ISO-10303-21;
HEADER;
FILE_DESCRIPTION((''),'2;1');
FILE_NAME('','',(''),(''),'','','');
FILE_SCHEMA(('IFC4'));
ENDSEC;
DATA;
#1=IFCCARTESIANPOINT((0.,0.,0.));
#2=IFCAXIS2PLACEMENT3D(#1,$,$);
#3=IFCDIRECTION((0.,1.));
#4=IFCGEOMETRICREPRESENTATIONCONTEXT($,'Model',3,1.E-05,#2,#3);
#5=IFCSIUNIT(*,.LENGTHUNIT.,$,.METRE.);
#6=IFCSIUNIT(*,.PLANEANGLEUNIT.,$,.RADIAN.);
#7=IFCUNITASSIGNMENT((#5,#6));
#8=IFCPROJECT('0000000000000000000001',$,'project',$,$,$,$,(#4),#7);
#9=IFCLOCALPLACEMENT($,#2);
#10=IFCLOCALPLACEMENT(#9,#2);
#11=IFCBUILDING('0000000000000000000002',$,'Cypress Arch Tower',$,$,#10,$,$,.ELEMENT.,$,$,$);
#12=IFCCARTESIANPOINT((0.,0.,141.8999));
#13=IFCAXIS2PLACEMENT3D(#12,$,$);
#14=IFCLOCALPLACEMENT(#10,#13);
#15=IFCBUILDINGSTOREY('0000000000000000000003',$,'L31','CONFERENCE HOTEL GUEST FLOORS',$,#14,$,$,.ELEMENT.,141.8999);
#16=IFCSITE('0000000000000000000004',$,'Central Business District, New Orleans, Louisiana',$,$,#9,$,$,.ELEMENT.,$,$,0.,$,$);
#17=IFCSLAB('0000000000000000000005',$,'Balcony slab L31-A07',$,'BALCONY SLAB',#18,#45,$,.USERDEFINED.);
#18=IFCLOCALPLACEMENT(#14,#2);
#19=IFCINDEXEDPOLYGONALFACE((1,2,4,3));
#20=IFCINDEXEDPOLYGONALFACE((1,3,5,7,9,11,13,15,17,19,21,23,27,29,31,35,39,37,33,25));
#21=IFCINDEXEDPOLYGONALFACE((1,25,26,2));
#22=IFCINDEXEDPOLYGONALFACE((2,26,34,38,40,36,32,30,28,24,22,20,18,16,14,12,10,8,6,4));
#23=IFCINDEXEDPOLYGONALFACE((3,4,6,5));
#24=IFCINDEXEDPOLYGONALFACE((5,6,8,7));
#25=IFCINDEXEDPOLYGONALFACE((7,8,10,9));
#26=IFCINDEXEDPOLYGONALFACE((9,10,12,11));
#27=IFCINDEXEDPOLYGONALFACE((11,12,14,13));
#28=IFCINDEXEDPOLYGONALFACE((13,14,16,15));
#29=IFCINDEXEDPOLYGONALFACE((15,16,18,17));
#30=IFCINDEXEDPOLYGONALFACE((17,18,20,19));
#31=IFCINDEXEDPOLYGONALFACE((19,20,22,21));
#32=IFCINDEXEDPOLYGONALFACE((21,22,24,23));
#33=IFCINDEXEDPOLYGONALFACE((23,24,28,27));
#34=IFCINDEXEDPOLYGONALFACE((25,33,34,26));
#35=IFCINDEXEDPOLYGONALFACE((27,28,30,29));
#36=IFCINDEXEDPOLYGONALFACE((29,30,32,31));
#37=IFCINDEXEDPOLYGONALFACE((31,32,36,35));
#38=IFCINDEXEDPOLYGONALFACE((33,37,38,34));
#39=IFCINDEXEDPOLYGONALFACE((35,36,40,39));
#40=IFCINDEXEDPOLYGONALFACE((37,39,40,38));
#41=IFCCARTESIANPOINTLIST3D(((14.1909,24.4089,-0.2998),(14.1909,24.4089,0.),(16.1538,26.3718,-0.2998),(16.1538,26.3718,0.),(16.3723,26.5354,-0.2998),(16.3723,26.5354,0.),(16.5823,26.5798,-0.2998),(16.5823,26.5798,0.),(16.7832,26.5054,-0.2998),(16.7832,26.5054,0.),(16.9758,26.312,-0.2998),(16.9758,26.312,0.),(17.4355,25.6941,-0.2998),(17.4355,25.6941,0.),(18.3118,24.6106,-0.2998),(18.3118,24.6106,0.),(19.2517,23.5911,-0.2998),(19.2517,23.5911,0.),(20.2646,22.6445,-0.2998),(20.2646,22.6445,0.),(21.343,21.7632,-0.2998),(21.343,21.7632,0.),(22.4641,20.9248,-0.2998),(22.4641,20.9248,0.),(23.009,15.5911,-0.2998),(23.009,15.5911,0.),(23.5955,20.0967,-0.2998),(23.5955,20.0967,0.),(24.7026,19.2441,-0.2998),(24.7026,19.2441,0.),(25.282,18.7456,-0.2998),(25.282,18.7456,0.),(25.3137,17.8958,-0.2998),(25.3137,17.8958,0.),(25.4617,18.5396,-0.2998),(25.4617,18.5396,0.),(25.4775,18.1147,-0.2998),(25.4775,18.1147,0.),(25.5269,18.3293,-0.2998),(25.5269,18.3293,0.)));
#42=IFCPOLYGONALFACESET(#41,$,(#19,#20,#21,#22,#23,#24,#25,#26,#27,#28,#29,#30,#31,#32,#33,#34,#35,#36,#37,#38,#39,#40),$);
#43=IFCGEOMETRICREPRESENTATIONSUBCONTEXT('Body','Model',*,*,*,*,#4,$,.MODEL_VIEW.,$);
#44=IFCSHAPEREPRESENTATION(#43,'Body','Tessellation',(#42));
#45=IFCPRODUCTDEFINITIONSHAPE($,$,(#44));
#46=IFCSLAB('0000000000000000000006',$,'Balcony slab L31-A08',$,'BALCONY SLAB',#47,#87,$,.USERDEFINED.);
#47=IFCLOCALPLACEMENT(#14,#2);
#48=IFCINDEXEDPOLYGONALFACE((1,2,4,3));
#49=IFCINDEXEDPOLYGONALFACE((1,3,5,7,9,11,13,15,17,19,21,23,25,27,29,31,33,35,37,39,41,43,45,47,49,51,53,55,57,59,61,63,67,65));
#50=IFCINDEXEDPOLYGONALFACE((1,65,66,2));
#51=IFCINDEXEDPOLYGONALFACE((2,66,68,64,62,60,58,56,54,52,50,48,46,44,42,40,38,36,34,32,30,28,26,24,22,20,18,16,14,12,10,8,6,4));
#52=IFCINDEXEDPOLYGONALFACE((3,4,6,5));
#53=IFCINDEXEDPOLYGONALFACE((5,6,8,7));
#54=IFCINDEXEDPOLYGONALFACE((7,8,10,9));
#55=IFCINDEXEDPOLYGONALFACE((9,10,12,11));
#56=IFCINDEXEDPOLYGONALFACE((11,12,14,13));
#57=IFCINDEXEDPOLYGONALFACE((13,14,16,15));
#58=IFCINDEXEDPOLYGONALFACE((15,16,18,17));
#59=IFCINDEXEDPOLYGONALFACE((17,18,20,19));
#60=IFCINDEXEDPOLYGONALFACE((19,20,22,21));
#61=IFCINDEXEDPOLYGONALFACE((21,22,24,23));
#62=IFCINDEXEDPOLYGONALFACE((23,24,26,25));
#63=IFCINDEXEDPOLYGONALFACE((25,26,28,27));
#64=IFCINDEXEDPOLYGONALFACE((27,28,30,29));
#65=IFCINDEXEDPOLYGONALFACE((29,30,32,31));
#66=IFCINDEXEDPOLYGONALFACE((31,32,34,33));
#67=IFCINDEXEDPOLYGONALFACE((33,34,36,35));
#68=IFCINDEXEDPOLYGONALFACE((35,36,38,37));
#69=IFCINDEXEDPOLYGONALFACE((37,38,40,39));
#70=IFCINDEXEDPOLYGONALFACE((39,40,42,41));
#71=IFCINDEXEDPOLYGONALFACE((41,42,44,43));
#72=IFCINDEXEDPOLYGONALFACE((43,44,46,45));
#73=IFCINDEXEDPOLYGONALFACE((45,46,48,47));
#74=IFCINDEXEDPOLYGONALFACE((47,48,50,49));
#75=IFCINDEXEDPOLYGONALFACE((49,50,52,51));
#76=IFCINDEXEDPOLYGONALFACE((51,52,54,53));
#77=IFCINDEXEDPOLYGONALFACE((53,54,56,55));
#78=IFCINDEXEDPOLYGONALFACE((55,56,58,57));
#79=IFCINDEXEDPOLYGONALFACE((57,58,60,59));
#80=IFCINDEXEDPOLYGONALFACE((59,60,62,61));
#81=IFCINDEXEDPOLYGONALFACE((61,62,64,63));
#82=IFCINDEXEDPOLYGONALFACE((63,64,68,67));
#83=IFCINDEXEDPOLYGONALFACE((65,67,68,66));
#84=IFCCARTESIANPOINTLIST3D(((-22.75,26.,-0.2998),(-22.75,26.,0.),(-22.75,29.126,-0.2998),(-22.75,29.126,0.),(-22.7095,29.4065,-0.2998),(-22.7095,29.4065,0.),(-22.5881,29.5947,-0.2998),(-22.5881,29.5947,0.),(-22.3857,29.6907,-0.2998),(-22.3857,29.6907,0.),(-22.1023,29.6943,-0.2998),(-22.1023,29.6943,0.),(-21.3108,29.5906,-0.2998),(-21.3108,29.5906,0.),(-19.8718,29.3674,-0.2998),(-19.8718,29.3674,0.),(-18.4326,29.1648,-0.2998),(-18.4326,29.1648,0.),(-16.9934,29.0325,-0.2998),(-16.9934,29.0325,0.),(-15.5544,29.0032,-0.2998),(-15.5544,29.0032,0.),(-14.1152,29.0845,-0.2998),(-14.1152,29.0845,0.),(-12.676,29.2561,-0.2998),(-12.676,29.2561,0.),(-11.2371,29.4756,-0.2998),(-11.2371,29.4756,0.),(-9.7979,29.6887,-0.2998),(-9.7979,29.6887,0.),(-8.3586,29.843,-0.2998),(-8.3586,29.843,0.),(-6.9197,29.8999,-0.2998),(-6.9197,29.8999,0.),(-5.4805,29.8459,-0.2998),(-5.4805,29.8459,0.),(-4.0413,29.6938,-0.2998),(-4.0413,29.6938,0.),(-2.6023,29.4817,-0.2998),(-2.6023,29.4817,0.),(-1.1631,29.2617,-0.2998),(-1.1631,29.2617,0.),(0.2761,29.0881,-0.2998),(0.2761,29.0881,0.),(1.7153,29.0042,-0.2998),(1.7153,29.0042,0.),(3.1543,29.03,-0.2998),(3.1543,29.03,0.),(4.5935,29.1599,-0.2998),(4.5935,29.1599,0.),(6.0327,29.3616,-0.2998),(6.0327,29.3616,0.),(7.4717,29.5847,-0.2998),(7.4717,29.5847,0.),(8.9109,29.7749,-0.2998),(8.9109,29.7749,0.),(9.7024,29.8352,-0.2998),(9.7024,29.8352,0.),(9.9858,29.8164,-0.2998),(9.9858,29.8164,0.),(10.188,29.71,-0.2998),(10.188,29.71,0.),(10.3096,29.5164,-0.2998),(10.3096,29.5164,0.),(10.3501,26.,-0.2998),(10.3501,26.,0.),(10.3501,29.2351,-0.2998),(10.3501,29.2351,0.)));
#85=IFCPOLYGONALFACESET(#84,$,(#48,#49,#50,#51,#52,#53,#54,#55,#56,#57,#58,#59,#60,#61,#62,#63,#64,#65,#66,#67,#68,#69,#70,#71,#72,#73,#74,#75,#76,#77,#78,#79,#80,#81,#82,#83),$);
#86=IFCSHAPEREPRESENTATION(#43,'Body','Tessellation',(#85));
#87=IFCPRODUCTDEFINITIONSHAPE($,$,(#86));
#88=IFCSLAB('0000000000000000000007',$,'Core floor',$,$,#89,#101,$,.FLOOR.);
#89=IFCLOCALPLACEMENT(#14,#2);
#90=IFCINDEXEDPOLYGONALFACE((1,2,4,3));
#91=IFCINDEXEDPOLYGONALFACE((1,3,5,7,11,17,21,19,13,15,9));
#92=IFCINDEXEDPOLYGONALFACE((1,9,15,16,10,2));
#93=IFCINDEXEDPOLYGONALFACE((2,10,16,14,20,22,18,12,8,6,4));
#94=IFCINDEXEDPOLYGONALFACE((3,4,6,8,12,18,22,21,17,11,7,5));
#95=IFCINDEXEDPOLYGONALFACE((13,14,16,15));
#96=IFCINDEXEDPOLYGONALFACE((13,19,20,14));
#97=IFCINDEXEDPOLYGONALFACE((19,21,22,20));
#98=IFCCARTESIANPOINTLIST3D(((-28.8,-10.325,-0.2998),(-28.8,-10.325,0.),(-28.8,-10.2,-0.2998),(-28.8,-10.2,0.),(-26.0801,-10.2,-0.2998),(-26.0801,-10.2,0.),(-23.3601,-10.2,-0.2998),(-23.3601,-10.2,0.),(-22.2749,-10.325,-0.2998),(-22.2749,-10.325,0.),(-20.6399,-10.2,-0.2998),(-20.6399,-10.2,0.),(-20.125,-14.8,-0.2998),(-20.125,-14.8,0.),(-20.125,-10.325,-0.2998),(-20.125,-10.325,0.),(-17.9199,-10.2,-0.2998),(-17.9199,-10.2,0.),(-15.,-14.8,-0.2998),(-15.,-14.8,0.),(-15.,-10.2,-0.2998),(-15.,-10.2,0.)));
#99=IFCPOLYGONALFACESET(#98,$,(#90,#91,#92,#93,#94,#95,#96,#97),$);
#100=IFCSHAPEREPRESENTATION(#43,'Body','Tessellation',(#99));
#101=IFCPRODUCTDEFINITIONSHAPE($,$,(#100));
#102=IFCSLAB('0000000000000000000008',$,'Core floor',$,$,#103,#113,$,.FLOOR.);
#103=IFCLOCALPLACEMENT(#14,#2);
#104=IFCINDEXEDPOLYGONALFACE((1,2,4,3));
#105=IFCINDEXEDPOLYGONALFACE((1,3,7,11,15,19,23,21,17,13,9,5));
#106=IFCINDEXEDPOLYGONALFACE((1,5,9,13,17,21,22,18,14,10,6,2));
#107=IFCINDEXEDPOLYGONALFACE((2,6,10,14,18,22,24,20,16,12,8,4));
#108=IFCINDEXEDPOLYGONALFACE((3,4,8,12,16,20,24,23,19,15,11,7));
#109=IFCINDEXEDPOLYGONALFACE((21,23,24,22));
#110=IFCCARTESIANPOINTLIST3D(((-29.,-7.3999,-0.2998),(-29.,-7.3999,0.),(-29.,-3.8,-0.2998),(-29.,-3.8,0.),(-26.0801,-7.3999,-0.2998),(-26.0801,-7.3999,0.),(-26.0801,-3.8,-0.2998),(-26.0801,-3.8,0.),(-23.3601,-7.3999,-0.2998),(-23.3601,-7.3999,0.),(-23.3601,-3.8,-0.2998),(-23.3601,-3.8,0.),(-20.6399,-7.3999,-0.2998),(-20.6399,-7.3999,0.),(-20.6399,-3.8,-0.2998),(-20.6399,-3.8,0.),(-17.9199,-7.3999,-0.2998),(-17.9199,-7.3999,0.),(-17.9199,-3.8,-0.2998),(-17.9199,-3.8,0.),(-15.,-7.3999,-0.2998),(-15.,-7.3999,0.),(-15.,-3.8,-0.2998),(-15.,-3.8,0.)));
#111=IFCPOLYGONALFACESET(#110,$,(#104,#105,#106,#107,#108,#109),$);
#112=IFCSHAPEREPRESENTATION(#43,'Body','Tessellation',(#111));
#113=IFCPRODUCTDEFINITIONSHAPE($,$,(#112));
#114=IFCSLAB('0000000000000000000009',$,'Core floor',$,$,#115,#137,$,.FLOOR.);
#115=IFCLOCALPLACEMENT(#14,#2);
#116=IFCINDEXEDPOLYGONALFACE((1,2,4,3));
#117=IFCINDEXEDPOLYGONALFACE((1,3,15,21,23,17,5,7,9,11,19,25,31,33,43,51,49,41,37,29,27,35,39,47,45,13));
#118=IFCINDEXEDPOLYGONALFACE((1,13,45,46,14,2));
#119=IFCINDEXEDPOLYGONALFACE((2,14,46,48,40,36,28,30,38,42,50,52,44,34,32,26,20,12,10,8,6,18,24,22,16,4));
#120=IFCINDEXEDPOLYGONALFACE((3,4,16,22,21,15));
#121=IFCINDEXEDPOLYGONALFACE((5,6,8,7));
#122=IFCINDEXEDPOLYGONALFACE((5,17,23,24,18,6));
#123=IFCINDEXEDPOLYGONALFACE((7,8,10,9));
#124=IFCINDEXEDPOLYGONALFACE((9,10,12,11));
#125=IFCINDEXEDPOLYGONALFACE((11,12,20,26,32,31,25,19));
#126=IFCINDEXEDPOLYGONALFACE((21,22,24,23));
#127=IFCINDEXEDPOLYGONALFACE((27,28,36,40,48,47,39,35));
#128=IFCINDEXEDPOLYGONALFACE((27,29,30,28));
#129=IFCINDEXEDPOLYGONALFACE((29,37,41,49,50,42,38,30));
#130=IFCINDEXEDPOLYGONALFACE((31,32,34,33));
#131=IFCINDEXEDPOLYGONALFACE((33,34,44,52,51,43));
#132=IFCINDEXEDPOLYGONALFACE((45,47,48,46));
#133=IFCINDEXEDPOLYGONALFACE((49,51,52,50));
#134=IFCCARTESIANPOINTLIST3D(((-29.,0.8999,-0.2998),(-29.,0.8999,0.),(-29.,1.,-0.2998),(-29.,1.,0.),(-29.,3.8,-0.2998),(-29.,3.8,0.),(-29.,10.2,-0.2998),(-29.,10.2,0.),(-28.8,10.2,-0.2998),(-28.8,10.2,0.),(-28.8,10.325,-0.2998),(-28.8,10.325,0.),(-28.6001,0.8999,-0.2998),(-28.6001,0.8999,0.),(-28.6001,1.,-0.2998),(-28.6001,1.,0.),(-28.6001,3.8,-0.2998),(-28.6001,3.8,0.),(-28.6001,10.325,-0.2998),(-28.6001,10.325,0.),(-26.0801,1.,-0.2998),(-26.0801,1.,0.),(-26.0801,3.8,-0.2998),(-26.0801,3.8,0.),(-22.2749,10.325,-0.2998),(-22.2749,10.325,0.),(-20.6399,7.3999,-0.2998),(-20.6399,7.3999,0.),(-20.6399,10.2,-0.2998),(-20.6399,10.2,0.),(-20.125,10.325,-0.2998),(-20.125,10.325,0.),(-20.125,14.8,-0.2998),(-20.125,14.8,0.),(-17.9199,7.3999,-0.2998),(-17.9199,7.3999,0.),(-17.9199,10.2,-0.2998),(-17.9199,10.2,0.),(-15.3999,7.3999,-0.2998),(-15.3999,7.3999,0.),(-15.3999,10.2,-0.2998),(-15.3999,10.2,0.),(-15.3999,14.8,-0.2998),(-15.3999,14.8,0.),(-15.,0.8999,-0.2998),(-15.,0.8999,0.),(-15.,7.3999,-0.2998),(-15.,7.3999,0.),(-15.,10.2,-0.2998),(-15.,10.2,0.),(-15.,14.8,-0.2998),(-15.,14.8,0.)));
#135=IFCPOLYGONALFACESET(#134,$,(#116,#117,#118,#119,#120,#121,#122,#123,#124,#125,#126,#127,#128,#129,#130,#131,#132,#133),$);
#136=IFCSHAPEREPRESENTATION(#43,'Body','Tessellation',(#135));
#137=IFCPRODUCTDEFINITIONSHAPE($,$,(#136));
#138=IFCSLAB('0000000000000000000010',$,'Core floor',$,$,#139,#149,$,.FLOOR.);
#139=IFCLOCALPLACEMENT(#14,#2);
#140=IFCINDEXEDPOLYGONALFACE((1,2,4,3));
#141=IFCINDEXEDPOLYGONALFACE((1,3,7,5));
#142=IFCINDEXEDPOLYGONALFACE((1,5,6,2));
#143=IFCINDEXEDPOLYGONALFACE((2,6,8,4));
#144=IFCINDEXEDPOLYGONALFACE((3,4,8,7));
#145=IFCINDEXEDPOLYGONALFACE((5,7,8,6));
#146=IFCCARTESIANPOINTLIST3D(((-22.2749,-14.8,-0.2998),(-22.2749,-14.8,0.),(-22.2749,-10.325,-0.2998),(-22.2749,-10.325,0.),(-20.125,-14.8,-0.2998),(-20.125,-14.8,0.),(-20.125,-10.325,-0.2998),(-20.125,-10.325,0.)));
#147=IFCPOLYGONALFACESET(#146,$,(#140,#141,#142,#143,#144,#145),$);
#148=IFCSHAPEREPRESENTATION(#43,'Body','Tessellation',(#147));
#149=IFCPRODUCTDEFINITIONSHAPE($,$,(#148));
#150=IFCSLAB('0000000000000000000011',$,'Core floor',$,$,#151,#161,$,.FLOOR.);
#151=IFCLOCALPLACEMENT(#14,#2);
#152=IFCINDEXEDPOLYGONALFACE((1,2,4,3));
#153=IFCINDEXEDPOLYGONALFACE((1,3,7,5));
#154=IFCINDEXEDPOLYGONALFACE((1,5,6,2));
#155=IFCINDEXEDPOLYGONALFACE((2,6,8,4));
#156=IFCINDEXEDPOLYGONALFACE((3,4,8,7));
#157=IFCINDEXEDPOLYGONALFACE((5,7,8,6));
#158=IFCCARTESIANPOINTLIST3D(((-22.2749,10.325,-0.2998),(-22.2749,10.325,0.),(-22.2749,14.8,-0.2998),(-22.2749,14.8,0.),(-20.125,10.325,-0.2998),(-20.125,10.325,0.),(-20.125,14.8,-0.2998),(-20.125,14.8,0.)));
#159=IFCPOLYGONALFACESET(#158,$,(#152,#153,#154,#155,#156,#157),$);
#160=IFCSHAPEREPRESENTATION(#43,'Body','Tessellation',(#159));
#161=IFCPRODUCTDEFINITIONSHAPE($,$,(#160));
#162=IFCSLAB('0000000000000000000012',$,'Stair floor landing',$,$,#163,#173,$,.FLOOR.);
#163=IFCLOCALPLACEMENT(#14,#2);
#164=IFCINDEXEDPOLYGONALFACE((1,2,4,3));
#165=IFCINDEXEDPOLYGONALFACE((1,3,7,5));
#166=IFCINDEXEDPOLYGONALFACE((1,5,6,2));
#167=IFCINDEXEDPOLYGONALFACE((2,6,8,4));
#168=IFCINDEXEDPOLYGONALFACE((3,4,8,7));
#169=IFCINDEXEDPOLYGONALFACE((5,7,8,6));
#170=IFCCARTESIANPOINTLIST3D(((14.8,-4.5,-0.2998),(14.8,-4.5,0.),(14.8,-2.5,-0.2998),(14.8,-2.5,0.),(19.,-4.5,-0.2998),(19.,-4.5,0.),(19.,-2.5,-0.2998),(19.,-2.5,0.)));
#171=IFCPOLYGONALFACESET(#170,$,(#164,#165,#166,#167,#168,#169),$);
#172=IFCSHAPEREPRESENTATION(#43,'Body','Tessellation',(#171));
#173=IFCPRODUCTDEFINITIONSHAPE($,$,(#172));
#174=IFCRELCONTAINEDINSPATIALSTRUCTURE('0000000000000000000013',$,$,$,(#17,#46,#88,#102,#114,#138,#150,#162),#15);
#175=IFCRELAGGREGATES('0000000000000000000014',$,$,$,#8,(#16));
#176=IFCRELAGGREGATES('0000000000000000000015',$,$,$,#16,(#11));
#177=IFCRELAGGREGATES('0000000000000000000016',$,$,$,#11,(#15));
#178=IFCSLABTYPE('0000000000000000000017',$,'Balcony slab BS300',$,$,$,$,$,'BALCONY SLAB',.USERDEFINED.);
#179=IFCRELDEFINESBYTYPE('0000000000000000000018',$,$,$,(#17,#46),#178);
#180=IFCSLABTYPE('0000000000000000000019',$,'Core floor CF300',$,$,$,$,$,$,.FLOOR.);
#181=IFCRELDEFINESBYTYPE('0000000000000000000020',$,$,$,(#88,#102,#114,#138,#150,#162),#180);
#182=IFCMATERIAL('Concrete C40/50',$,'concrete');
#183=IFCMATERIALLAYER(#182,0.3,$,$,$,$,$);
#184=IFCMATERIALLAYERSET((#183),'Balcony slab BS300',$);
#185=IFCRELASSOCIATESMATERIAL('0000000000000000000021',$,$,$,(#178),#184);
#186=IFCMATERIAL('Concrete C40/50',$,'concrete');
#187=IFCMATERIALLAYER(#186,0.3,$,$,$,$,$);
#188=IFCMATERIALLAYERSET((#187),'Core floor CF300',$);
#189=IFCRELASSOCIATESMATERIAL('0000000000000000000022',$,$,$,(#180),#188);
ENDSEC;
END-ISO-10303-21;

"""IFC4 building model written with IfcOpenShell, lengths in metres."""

from ifc_helpers import new_model, si_unit, direction, frame, origin, place, context, subcontext, project, spatial, polyline, outline, extrude, material, layer, layer_set, type_object, element, save


model = new_model("IFC4")

# Units and contexts
model_context = context("Model", 3, precision=1e-05, world=origin(), true_north=direction((0.0, 1.0)))
body_context = subcontext(model_context, "Body", "Model", "MODEL_VIEW")
ifc_project = project(units=[si_unit("LENGTHUNIT", "METRE"), si_unit("PLANEANGLEUNIT", "RADIAN")], contexts=[model_context])

# Site, building, storey
site_placement = place(None, origin())
site = spatial("IfcSite", under=ifc_project, at=site_placement, Name="Central Business District, New Orleans, Louisiana", CompositionType="ELEMENT", RefElevation=0.0)
building_placement = place(site_placement, origin())
building = spatial("IfcBuilding", under=site, at=building_placement, Name="Cypress Arch Tower", CompositionType="ELEMENT")
storey_placement = place(building_placement, frame((0.0, 0.0, 141.8999)))
storey = spatial("IfcBuildingStorey", under=building, at=storey_placement, Name="L31", Description="CONFERENCE HOTEL GUEST FLOORS", CompositionType="ELEMENT", Elevation=141.8999)

# Slabs
ifc_material_1 = material(Name="Concrete C40/50", Category="concrete")
ifc_layer_1 = layer(ifc_material_1, 0.3)
ifc_layer_set_1 = layer_set([ifc_layer_1], Name="Balcony slab BS300")
slab_type_1 = type_object("IfcSlabType", Name="Balcony slab BS300", ElementType="BALCONY SLAB", PredefinedType="USERDEFINED", material=ifc_layer_set_1)
slab_1_placement = place(storey_placement, frame((0.0, 0.0, -0.2998)))
element("IfcSlab", 1, at=slab_1_placement, inside=storey, type_object=slab_type_1, Name="Balcony slab L31-A07", ObjectType="BALCONY SLAB", PredefinedType="USERDEFINED", context=body_context, shape_type="SweptSolid", body=[
    extrude(outline(polyline([(23.009, 15.5911), (25.3137, 17.8958), (25.4775, 18.1147), (25.5269, 18.3293), (25.4617, 18.5396), (25.282, 18.7456), (24.7026, 19.2441), (23.5955, 20.0967), (22.4641, 20.9248), (21.343, 21.7632), (20.2646, 22.6445), (19.2517, 23.5911), (18.3118, 24.6106), (17.4355, 25.6941), (16.9758, 26.312), (16.7832, 26.5054), (16.5823, 26.5798), (16.3723, 26.5354), (16.1538, 26.3718), (14.1909, 24.4089), (23.009, 15.5911)])), origin(), (0.0, 0.0, 1.0), 0.2998),
])
slab_2_placement = place(storey_placement, frame((0.0, 0.0, -0.2998)))
element("IfcSlab", 2, at=slab_2_placement, inside=storey, type_object=slab_type_1, Name="Balcony slab L31-A08", ObjectType="BALCONY SLAB", PredefinedType="USERDEFINED", context=body_context, shape_type="SweptSolid", body=[
    extrude(outline(polyline([(10.3501, 26.0), (10.3501, 29.2351), (10.3096, 29.5164), (10.188, 29.71), (9.9858, 29.8164), (9.7024, 29.8352), (8.9109, 29.7749), (7.4717, 29.5847), (6.0327, 29.3616), (4.5935, 29.1599), (3.1543, 29.03), (1.7153, 29.0042), (0.2761, 29.0881), (-1.1631, 29.2617), (-2.6023, 29.4817), (-4.0413, 29.6938), (-5.4805, 29.8459), (-6.9197, 29.8999), (-8.3586, 29.843), (-9.7979, 29.6887), (-11.2371, 29.4756), (-12.676, 29.2561), (-14.1152, 29.0845), (-15.5544, 29.0032), (-16.9934, 29.0325), (-18.4326, 29.1648), (-19.8718, 29.3674), (-21.3108, 29.5906), (-22.1023, 29.6943), (-22.3857, 29.6907), (-22.5881, 29.5947), (-22.7095, 29.4065), (-22.75, 29.126), (-22.75, 26.0), (10.3501, 26.0)])), origin(), (0.0, 0.0, 1.0), 0.2998),
])
ifc_material_2 = material(Name="Concrete C40/50", Category="concrete")
ifc_layer_2 = layer(ifc_material_2, 0.3)
ifc_layer_set_2 = layer_set([ifc_layer_2], Name="Core floor CF300")
slab_type_2 = type_object("IfcSlabType", Name="Core floor CF300", PredefinedType="FLOOR", material=ifc_layer_set_2)
slab_3_placement = place(storey_placement, frame((0.0, 0.0, -0.2998)))
element("IfcSlab", 3, at=slab_3_placement, inside=storey, type_object=slab_type_2, Name="Core floor", PredefinedType="FLOOR", context=body_context, shape_type="SweptSolid", body=[
    extrude(outline(polyline([(-20.125, -14.8), (-15.0, -14.8), (-15.0, -10.2), (-17.9199, -10.2), (-20.6399, -10.2), (-23.3601, -10.2), (-26.0801, -10.2), (-28.8, -10.2), (-28.8, -10.325), (-22.2749, -10.325), (-20.125, -10.325), (-20.125, -14.8)])), origin(), (0.0, 0.0, 1.0), 0.2998),
])
slab_4_placement = place(storey_placement, frame((0.0, 0.0, -0.2998)))
element("IfcSlab", 4, at=slab_4_placement, inside=storey, type_object=slab_type_2, Name="Core floor", PredefinedType="FLOOR", context=body_context, shape_type="SweptSolid", body=[
    extrude(outline(polyline([(-29.0, -3.8), (-29.0, -7.3999), (-26.0801, -7.3999), (-23.3601, -7.3999), (-20.6399, -7.3999), (-17.9199, -7.3999), (-15.0, -7.3999), (-15.0, -3.8), (-17.9199, -3.8), (-20.6399, -3.8), (-23.3601, -3.8), (-26.0801, -3.8), (-29.0, -3.8)])), origin(), (0.0, 0.0, 1.0), 0.2998),
])
slab_5_placement = place(storey_placement, frame((0.0, 0.0, -0.2998)))
element("IfcSlab", 5, at=slab_5_placement, inside=storey, type_object=slab_type_2, Name="Core floor", PredefinedType="FLOOR", context=body_context, shape_type="SweptSolid", body=[
    extrude(outline(polyline([(-29.0, 3.8), (-29.0, 10.2), (-28.8, 10.2), (-28.8, 10.325), (-28.6001, 10.325), (-22.2749, 10.325), (-20.125, 10.325), (-20.125, 14.8), (-15.3999, 14.8), (-15.0, 14.8), (-15.0, 10.2), (-15.3999, 10.2), (-17.9199, 10.2), (-20.6399, 10.2), (-20.6399, 7.3999), (-17.9199, 7.3999), (-15.3999, 7.3999), (-15.0, 7.3999), (-15.0, 0.8999), (-28.6001, 0.8999), (-29.0, 0.8999), (-29.0, 1.0), (-28.6001, 1.0), (-26.0801, 1.0), (-26.0801, 3.8), (-28.6001, 3.8), (-29.0, 3.8)])), origin(), (0.0, 0.0, 1.0), 0.2998),
])
slab_6_placement = place(storey_placement, frame((0.0, 0.0, -0.2998)))
element("IfcSlab", 6, at=slab_6_placement, inside=storey, type_object=slab_type_2, Name="Core floor", PredefinedType="FLOOR", context=body_context, shape_type="SweptSolid", body=[
    extrude(outline(polyline([(-22.2749, -10.325), (-22.2749, -14.8), (-20.125, -14.8), (-20.125, -10.325), (-22.2749, -10.325)])), origin(), (0.0, 0.0, 1.0), 0.2998),
])
slab_7_placement = place(storey_placement, frame((0.0, 0.0, -0.2998)))
element("IfcSlab", 7, at=slab_7_placement, inside=storey, type_object=slab_type_2, Name="Core floor", PredefinedType="FLOOR", context=body_context, shape_type="SweptSolid", body=[
    extrude(outline(polyline([(-20.125, 14.8), (-22.2749, 14.8), (-22.2749, 10.325), (-20.125, 10.325), (-20.125, 14.8)])), origin(), (0.0, 0.0, 1.0), 0.2998),
])
slab_8_placement = place(storey_placement, frame((0.0, 0.0, -0.2998)))
element("IfcSlab", 8, at=slab_8_placement, inside=storey, type_object=slab_type_2, Name="Stair floor landing", PredefinedType="FLOOR", context=body_context, shape_type="SweptSolid", body=[
    extrude(outline(polyline([(19.0, -4.5), (19.0, -2.5), (14.8, -2.5), (14.8, -4.5), (19.0, -4.5)])), origin(), (0.0, 0.0, 1.0), 0.2998),
])

save(model, "model.ifc")
